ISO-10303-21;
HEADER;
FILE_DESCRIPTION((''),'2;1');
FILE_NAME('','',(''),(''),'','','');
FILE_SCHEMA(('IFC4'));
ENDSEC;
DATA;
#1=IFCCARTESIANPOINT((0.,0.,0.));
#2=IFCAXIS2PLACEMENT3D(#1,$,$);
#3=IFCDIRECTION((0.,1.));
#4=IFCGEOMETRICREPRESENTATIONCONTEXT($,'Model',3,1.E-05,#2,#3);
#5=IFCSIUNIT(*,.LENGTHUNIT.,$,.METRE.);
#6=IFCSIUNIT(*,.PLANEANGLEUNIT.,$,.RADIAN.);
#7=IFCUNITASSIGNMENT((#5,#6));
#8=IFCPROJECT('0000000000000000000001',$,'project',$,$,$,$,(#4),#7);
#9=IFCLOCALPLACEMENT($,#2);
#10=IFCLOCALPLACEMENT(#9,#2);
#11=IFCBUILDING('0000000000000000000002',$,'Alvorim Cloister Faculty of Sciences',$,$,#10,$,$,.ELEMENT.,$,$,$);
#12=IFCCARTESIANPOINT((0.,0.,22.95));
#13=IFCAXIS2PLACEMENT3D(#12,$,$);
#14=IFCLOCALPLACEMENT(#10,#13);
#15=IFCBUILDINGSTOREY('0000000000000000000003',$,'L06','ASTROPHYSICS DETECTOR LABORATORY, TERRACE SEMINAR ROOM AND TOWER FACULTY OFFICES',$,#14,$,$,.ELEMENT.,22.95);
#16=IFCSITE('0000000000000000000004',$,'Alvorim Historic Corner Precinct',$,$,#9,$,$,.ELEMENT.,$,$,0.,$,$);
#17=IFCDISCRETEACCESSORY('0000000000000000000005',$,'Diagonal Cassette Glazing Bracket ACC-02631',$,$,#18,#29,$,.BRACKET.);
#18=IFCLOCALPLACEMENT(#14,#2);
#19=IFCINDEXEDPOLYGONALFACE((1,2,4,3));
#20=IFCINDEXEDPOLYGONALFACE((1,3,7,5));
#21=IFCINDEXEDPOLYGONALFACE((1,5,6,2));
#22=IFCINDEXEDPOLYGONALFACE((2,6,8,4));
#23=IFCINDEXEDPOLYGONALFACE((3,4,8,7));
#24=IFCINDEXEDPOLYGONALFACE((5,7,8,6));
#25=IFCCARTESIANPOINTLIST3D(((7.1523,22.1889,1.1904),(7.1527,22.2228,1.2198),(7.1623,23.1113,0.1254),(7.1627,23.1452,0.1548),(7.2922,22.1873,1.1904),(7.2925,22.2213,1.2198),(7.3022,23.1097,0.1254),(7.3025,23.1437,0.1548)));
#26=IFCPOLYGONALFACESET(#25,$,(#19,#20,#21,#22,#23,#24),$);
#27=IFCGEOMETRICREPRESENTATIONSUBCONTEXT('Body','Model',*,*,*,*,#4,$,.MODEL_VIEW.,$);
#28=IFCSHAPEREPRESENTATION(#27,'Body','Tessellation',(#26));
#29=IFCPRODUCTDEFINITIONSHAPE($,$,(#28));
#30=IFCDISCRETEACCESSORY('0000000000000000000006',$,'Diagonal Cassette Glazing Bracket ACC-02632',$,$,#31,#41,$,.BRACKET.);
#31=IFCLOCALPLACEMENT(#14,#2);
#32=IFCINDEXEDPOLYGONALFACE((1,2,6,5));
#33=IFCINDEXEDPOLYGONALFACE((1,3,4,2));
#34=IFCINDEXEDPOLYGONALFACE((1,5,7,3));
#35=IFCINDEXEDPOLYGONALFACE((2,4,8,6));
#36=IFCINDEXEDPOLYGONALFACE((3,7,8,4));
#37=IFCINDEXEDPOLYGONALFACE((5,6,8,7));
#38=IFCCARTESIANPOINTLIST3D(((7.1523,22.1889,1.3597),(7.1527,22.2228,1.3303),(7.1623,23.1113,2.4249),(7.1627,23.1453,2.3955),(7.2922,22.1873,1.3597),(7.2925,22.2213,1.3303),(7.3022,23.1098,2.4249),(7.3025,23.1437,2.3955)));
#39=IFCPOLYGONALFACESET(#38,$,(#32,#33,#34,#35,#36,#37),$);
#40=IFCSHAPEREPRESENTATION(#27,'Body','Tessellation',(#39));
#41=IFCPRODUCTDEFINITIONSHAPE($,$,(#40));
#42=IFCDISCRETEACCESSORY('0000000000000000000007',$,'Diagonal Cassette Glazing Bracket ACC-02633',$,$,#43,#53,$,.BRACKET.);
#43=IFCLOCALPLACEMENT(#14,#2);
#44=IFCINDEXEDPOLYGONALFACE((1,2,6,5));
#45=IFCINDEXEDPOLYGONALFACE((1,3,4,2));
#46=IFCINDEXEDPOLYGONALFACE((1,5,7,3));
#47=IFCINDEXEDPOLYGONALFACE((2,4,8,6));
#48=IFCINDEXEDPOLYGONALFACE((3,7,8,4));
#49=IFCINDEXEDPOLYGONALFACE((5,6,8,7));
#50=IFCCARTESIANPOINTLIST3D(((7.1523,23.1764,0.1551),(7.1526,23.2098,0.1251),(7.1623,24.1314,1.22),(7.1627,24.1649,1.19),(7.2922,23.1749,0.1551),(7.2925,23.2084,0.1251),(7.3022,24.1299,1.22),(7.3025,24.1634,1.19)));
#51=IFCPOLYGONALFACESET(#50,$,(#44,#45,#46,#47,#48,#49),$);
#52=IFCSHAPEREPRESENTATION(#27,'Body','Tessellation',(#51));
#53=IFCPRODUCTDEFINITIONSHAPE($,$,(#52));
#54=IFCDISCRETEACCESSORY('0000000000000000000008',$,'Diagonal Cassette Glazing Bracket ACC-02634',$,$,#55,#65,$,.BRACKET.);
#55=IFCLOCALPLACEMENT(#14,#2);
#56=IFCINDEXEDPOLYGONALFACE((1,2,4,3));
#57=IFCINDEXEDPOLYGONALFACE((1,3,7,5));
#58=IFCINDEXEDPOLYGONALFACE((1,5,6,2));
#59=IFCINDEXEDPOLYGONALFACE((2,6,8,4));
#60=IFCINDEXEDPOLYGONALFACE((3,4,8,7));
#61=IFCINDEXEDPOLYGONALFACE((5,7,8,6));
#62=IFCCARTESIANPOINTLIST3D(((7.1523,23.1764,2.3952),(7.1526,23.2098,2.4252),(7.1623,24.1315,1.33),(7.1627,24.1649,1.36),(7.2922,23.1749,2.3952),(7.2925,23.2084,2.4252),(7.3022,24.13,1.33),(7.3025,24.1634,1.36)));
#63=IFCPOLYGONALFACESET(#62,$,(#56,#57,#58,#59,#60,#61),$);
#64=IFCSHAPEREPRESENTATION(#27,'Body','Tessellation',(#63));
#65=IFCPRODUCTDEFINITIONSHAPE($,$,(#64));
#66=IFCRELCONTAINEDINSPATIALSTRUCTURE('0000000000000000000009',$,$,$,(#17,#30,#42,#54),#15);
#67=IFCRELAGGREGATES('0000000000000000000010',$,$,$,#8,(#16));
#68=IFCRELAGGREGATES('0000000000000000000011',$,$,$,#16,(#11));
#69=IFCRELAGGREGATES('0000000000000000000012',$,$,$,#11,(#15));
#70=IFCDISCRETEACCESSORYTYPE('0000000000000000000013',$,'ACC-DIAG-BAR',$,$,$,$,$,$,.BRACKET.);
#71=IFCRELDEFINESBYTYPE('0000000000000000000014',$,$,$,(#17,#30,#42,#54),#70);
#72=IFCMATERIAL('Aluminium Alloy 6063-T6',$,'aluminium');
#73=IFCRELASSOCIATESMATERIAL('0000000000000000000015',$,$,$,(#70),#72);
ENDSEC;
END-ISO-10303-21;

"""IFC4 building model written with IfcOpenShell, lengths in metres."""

from ifc_helpers import new_model, si_unit, direction, frame, origin, origin_2d, place, context, subcontext, project, spatial, rectangle, extrude, material, type_object, element, save


model = new_model("IFC4")

# Units and contexts
model_context = context("Model", 3, precision=1e-05, world=origin(), true_north=direction((0.0, 1.0)))
body_context = subcontext(model_context, "Body", "Model", "MODEL_VIEW")
ifc_project = project(units=[si_unit("LENGTHUNIT", "METRE"), si_unit("PLANEANGLEUNIT", "RADIAN")], contexts=[model_context])

# Site, building, storey
site_placement = place(None, origin())
site = spatial("IfcSite", under=ifc_project, at=site_placement, Name="Alvorim Historic Corner Precinct", CompositionType="ELEMENT", RefElevation=0.0)
building_placement = place(site_placement, origin())
building = spatial("IfcBuilding", under=site, at=building_placement, Name="Alvorim Cloister Faculty of Sciences", CompositionType="ELEMENT")
storey_placement = place(building_placement, frame((0.0, 0.0, 22.95)))
storey = spatial("IfcBuildingStorey", under=building, at=storey_placement, Name="L06", Description="ASTROPHYSICS DETECTOR LABORATORY, TERRACE SEMINAR ROOM AND TOWER FACULTY OFFICES", CompositionType="ELEMENT", Elevation=22.95)

# Shared definitions
ifc_material_1 = material(Name="Aluminium Alloy 6063-T6", Category="aluminium")

# Discrete accessories
discrete_accessory_type = type_object("IfcDiscreteAccessoryType", Name="ACC-DIAG-BAR", PredefinedType="BRACKET", material=ifc_material_1)
discrete_accessory_1_placement = place(storey_placement, frame((7.2224, 22.2051, 1.2051), z_axis=(0.007105, 0.654676, -0.755876), x_axis=(-0.999941, 0.010852, 0.0)))
element("IfcDiscreteAccessory", 1, at=discrete_accessory_1_placement, inside=storey, type_object=discrete_accessory_type, Name="Diagonal Cassette Glazing Bracket ACC-02631", PredefinedType="BRACKET", context=body_context, shape_type="SweptSolid", body=[
    extrude(rectangle(XDim=0.1399, YDim=0.0449, at=origin_2d()), origin(), (0.0, 0.0, 1.0), 1.4089),
])
discrete_accessory_2_placement = place(storey_placement, frame((7.2224, 22.2051, 1.345), z_axis=(0.007104, 0.654591, 0.75595), x_axis=(-0.999941, 0.010852, 0.0)))
element("IfcDiscreteAccessory", 2, at=discrete_accessory_2_placement, inside=storey, type_object=discrete_accessory_type, Name="Diagonal Cassette Glazing Bracket ACC-02632", PredefinedType="BRACKET", context=body_context, shape_type="SweptSolid", body=[
    extrude(rectangle(XDim=0.1399, YDim=0.0449, at=origin_2d()), origin(), (0.0, 0.0, 1.0), 1.4092),
])
discrete_accessory_3_placement = place(storey_placement, frame((7.2224, 23.1924, 0.1401), z_axis=(0.006997, 0.667646, 0.744446), x_axis=(-0.999945, 0.01048, 0.0)))
element("IfcDiscreteAccessory", 3, at=discrete_accessory_3_placement, inside=storey, type_object=discrete_accessory_type, Name="Diagonal Cassette Glazing Bracket ACC-02633", PredefinedType="BRACKET", context=body_context, shape_type="SweptSolid", body=[
    extrude(rectangle(XDim=0.1399, YDim=0.0449, at=origin_2d()), origin(), (0.0, 0.0, 1.0), 1.4304),
])
discrete_accessory_4_placement = place(storey_placement, frame((7.2224, 23.1924, 2.4102), z_axis=(0.006996, 0.667561, -0.744522), x_axis=(-0.999945, 0.01048, 0.0)))
element("IfcDiscreteAccessory", 4, at=discrete_accessory_4_placement, inside=storey, type_object=discrete_accessory_type, Name="Diagonal Cassette Glazing Bracket ACC-02634", PredefinedType="BRACKET", context=body_context, shape_type="SweptSolid", body=[
    extrude(rectangle(XDim=0.1399, YDim=0.0449, at=origin_2d()), origin(), (0.0, 0.0, 1.0), 1.4307),
])

save(model, "model.ifc")
